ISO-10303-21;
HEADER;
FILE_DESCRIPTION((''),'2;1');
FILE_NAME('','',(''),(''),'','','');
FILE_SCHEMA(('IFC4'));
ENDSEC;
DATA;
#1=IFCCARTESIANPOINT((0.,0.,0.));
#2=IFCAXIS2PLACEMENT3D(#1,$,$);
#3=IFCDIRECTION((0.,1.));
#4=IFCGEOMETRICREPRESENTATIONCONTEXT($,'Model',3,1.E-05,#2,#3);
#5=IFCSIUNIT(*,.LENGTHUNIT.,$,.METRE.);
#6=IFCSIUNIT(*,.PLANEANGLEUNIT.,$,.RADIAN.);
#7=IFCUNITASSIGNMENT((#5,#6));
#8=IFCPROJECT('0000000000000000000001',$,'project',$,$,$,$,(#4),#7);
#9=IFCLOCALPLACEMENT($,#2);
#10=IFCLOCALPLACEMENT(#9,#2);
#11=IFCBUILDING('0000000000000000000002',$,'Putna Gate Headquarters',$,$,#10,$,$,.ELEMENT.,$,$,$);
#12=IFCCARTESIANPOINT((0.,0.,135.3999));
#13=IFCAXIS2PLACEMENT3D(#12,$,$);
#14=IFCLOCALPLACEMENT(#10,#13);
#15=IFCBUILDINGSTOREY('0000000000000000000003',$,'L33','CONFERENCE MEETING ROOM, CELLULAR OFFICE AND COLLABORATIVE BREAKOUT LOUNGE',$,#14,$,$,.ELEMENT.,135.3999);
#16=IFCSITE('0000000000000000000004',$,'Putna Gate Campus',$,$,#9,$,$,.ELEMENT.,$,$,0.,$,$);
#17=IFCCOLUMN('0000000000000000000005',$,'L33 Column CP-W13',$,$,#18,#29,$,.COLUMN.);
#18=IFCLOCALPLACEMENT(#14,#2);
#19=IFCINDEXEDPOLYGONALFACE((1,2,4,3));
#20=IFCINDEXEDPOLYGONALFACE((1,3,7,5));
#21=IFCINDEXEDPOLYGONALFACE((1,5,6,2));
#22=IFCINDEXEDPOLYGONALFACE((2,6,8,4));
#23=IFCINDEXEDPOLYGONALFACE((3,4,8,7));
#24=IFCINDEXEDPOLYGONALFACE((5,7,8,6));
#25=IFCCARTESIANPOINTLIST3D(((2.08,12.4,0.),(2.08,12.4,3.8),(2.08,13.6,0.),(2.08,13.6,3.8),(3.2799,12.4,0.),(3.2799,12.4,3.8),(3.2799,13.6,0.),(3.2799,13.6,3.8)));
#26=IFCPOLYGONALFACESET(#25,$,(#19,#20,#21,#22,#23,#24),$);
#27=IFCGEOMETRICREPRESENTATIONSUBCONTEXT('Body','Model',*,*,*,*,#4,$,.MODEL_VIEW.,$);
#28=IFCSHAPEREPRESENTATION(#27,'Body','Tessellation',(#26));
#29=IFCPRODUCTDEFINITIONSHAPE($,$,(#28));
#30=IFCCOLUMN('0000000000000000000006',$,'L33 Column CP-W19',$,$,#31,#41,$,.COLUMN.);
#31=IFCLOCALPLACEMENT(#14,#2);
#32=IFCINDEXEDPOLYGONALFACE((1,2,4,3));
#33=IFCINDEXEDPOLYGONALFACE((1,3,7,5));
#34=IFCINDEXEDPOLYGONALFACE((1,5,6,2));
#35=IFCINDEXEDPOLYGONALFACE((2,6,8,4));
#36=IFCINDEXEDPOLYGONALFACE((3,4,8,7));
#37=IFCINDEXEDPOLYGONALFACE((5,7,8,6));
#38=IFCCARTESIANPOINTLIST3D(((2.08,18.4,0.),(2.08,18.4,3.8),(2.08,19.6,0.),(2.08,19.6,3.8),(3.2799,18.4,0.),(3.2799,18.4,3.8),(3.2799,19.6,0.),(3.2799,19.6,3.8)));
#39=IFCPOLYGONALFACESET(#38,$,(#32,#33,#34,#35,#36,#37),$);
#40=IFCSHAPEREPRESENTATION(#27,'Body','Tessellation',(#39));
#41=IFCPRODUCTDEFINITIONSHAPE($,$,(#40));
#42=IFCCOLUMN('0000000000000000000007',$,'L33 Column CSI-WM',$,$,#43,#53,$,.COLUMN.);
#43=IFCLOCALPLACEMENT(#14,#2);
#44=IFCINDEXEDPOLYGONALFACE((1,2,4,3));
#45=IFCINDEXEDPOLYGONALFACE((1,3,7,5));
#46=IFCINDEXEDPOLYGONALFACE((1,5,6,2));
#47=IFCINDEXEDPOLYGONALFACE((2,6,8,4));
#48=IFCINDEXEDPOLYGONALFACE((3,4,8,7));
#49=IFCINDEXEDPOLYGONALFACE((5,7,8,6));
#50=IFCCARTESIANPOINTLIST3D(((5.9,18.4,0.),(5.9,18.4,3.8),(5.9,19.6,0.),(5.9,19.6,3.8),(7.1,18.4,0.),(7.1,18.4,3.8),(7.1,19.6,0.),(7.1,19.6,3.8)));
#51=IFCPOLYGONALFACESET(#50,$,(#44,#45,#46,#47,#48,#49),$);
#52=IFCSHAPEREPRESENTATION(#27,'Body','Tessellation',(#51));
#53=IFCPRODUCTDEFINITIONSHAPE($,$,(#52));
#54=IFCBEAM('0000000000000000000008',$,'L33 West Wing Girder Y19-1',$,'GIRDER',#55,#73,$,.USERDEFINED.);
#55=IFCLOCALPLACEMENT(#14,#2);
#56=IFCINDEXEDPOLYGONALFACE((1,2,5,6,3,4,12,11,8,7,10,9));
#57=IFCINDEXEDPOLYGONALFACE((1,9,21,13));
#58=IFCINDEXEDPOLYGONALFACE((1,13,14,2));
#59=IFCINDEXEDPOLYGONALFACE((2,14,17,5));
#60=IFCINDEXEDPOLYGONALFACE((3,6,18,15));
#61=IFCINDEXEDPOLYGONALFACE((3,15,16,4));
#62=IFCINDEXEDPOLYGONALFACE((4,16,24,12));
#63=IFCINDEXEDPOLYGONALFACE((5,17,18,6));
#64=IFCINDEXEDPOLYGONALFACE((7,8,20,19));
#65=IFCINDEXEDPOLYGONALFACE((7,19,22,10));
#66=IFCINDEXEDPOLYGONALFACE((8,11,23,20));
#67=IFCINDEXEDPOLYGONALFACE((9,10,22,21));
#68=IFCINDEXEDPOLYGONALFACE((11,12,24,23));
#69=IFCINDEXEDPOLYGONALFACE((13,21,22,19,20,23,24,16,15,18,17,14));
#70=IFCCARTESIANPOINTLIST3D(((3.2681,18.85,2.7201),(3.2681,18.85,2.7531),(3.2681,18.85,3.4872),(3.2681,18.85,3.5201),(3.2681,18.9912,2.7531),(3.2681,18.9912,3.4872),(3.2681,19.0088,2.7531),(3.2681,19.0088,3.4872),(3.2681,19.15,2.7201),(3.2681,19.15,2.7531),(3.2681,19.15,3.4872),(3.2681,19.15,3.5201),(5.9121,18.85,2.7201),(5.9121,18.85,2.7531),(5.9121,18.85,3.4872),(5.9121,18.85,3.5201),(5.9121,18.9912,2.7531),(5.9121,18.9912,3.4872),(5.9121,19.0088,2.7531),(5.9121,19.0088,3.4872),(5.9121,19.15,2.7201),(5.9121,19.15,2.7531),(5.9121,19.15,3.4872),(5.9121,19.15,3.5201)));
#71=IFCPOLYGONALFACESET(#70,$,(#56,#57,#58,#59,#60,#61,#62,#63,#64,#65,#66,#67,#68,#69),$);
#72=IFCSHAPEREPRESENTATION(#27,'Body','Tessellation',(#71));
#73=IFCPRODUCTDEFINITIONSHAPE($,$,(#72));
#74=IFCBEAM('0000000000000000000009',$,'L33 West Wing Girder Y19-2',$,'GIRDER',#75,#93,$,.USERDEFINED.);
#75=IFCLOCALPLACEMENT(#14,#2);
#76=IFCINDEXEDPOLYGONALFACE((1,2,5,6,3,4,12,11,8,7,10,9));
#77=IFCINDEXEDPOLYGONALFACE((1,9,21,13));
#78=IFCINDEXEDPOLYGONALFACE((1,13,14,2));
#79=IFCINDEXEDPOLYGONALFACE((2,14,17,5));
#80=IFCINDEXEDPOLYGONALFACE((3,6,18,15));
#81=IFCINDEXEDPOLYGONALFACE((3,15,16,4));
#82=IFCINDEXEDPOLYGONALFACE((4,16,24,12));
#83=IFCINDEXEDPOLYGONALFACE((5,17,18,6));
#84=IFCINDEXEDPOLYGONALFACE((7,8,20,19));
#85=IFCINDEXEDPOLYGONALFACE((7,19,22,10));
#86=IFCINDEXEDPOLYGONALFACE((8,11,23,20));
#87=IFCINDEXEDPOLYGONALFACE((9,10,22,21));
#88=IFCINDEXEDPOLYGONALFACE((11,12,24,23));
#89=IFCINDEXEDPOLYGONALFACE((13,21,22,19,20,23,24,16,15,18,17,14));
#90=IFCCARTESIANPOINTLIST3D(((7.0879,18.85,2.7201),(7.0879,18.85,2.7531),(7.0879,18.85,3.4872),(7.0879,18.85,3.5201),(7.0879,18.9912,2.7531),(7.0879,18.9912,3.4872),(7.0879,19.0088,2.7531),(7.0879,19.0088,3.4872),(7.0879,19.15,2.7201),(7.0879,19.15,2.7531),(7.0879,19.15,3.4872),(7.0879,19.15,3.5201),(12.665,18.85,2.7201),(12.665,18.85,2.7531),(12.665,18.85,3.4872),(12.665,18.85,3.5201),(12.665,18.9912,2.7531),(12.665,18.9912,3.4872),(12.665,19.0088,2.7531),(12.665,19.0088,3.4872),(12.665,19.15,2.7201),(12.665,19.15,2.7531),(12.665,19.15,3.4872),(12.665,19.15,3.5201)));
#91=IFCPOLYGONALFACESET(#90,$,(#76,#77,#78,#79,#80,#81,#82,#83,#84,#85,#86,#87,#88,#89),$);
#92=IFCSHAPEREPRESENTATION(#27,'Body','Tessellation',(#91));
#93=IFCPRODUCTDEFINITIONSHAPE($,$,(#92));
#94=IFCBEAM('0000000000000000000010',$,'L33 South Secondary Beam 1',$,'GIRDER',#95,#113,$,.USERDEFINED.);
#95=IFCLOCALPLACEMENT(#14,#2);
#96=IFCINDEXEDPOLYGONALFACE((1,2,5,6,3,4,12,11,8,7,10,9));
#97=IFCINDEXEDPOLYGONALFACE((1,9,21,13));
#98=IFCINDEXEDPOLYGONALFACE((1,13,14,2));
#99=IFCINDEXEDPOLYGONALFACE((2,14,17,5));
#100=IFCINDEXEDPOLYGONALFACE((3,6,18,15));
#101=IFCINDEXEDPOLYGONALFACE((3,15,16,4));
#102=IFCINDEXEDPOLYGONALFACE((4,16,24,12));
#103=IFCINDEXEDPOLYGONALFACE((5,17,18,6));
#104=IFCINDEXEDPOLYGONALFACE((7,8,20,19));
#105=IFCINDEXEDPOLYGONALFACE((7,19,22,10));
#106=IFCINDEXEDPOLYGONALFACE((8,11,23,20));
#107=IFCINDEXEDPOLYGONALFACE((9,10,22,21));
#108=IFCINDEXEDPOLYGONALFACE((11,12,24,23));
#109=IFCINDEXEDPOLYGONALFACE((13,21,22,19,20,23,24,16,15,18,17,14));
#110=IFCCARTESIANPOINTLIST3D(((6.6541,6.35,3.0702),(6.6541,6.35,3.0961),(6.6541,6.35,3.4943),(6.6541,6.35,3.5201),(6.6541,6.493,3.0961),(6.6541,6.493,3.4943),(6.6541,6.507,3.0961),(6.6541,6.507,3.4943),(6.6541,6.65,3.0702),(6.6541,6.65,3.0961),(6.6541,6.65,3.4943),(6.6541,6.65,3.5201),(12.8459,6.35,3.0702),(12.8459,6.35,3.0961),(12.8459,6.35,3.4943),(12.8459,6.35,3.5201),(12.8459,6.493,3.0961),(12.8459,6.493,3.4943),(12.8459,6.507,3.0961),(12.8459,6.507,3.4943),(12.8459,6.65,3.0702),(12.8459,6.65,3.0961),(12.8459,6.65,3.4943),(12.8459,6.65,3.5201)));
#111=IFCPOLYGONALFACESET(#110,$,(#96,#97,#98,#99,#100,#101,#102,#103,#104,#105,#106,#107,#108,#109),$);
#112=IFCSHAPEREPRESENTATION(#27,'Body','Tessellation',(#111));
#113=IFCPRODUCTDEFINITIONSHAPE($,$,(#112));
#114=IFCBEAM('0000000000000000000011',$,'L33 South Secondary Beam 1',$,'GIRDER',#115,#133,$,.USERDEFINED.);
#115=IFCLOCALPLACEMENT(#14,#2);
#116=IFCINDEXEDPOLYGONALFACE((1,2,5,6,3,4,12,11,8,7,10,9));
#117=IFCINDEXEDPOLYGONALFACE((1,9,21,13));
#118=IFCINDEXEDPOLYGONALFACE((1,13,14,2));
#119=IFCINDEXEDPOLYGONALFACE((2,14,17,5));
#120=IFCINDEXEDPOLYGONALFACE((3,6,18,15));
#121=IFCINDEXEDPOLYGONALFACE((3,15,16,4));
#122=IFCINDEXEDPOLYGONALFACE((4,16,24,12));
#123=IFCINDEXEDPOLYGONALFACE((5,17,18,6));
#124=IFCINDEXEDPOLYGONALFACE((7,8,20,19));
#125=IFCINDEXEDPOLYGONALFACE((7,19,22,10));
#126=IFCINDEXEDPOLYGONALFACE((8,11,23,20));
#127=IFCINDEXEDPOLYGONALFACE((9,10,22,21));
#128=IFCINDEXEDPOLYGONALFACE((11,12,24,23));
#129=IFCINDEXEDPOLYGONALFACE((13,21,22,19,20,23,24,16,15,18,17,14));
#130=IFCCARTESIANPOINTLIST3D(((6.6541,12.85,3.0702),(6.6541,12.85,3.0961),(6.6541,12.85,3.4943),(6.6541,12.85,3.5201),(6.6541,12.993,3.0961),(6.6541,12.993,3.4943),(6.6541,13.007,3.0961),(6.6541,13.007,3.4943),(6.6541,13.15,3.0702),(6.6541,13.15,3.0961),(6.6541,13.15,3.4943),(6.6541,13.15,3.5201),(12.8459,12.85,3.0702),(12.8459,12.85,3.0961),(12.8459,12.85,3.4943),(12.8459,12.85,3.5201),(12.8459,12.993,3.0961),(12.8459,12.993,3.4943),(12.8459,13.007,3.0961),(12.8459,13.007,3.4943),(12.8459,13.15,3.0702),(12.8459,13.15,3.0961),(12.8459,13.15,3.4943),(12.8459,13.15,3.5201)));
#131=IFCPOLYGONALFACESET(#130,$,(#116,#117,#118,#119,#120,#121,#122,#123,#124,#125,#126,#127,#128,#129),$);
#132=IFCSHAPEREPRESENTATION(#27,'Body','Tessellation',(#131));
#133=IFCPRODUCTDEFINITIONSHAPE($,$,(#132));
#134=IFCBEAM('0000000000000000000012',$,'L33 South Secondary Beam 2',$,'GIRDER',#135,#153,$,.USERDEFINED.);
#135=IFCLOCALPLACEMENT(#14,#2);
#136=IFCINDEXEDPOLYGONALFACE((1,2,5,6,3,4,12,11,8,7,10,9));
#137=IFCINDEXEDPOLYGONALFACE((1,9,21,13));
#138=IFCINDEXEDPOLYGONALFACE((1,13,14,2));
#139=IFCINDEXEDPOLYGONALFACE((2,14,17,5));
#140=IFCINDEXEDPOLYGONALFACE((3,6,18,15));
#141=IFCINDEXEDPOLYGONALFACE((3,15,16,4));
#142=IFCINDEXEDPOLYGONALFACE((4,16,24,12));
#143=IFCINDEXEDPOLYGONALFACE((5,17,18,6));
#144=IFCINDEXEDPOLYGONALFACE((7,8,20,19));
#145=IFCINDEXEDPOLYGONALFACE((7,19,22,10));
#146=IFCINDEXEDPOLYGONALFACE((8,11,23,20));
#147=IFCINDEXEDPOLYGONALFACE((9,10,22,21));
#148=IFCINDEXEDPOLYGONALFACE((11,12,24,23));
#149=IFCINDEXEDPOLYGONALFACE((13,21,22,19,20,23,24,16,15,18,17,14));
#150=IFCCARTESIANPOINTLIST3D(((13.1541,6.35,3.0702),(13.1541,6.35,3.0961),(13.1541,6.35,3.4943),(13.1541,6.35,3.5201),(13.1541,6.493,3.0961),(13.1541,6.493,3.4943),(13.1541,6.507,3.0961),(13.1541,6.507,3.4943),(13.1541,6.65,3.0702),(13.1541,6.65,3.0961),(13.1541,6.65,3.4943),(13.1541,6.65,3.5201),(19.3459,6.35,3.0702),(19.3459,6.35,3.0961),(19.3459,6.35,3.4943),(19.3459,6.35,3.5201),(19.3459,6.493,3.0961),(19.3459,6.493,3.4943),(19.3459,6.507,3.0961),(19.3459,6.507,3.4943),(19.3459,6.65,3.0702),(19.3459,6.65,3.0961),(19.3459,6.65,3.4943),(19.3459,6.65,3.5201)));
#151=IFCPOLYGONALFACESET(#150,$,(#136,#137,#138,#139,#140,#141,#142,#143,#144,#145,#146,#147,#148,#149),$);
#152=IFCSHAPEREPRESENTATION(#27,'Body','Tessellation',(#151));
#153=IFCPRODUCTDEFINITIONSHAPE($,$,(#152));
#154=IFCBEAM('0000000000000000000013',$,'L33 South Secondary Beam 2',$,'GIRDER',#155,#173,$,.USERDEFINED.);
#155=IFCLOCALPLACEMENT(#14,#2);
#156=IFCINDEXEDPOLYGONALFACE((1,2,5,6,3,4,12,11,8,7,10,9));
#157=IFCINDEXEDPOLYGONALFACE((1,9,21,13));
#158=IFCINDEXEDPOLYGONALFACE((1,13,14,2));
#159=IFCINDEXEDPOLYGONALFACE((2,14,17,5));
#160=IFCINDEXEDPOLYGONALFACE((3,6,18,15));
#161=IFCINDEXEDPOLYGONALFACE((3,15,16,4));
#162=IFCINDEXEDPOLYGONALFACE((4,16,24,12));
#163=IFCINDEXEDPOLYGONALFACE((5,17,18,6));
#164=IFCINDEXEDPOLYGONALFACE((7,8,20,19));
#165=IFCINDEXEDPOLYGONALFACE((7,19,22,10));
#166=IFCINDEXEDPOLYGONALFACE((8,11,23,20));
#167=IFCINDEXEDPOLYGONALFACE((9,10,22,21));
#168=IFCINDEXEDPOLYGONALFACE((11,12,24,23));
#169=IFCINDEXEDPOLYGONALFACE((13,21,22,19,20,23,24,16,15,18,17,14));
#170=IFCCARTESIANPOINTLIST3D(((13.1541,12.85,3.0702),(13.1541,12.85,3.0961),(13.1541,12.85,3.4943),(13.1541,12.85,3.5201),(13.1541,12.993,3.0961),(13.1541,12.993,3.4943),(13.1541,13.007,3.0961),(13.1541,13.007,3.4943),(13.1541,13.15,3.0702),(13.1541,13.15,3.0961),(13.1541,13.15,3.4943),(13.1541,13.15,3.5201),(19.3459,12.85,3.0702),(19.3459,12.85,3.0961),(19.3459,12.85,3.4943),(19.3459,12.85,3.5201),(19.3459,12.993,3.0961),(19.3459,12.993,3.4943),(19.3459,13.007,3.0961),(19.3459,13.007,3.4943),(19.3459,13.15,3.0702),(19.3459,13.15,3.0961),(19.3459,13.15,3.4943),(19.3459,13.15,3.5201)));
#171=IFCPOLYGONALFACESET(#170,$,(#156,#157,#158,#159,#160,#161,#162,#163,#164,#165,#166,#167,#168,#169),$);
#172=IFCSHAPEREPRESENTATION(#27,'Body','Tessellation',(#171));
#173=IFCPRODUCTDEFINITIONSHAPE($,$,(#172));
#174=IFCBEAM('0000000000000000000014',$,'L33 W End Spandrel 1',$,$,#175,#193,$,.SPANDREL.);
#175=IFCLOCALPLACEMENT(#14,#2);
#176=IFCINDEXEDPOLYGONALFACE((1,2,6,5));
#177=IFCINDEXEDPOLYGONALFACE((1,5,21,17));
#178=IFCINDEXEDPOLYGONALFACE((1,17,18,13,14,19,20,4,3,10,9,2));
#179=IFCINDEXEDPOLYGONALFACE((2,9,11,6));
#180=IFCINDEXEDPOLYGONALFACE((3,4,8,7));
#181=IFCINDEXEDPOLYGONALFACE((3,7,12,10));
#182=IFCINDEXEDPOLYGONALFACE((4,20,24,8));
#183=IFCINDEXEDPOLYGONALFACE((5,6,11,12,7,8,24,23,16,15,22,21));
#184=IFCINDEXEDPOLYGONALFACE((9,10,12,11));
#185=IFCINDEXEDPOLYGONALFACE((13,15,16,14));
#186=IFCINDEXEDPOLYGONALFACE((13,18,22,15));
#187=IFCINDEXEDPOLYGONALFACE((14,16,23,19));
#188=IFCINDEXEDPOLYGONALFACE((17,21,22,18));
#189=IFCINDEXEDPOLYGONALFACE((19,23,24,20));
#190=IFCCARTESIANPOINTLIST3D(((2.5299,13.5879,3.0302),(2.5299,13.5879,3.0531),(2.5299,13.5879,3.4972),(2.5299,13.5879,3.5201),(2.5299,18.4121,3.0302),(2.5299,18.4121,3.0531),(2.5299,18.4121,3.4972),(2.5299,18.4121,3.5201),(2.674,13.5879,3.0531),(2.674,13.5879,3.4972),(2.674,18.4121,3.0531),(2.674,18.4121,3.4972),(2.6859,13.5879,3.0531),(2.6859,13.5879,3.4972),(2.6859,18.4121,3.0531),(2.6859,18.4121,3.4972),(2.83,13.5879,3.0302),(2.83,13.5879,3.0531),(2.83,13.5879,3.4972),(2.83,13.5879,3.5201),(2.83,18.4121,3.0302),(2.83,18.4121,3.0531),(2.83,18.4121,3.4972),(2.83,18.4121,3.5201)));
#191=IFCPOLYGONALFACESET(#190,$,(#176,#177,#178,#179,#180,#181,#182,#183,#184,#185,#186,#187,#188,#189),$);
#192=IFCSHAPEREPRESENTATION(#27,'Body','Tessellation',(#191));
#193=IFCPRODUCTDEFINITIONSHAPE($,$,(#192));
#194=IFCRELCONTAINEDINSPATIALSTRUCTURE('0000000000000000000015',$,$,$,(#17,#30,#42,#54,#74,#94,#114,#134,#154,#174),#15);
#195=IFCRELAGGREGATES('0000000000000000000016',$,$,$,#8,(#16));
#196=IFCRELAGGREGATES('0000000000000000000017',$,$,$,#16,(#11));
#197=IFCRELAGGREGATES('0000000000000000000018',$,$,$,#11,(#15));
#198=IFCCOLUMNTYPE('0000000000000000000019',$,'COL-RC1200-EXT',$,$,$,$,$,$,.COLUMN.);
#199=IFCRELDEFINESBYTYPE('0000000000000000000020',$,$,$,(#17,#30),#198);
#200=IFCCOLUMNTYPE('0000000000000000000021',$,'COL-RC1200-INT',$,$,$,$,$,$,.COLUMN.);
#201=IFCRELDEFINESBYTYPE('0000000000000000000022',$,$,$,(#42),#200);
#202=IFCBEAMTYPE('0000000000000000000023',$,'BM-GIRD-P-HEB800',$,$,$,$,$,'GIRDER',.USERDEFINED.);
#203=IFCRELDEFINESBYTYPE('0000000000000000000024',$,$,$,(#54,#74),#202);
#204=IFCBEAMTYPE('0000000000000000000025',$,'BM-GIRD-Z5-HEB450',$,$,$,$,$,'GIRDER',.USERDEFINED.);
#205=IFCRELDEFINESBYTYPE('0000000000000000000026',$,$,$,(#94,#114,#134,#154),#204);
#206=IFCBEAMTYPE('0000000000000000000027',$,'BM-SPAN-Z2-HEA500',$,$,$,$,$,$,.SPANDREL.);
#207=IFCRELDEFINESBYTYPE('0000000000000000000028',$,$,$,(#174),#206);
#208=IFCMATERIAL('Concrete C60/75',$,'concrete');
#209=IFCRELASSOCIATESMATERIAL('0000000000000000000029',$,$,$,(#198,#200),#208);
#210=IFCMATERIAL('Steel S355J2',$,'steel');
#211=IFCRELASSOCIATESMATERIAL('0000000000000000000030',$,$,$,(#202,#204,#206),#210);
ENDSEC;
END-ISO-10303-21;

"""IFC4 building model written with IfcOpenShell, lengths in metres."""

from ifc_helpers import new_model, si_unit, direction, frame, origin, origin_2d, place, context, subcontext, project, spatial, rectangle, i_section, extrude, material, material_profile, profile_set, type_object, element, save


model = new_model("IFC4")

# Units and contexts
model_context = context("Model", 3, precision=1e-05, world=origin(), true_north=direction((0.0, 1.0)))
body_context = subcontext(model_context, "Body", "Model", "MODEL_VIEW")
ifc_project = project(units=[si_unit("LENGTHUNIT", "METRE"), si_unit("PLANEANGLEUNIT", "RADIAN")], contexts=[model_context])

# Site, building, storey
site_placement = place(None, origin())
site = spatial("IfcSite", under=ifc_project, at=site_placement, Name="Putna Gate Campus", CompositionType="ELEMENT", RefElevation=0.0)
building_placement = place(site_placement, origin())
building = spatial("IfcBuilding", under=site, at=building_placement, Name="Putna Gate Headquarters", CompositionType="ELEMENT")
storey_placement = place(building_placement, frame((0.0, 0.0, 135.3999)))
storey = spatial("IfcBuildingStorey", under=building, at=storey_placement, Name="L33", Description="CONFERENCE MEETING ROOM, CELLULAR OFFICE AND COLLABORATIVE BREAKOUT LOUNGE", CompositionType="ELEMENT", Elevation=135.3999)

# Columns
ifc_material_1 = material(Name="Concrete C60/75", Category="concrete")
ifc_material_profile_1 = material_profile(ifc_material_1, rectangle(XDim=1.2, YDim=1.2, at=origin_2d()), Name="Concrete C60/75")
ifc_profile_set_1 = profile_set([ifc_material_profile_1], Name="Concrete C60/75")
column_type_1 = type_object("IfcColumnType", Name="COL-RC1200-EXT", PredefinedType="COLUMN", material=ifc_profile_set_1)
for number, where, z_axis, x_axis, name in (
    (1, (2.6799, 13.0, 0.0), (0.0, 0.0, 1.0), (1.0, 0.0, 0.0), "L33 Column CP-W13"),
    (2, (2.6799, 19.0, 0.0), (0.0, 0.0, 1.0), (1.0, 0.0, 0.0), "L33 Column CP-W19"),
):
    element("IfcColumn", number, at=place(storey_placement, frame(where, z_axis=z_axis, x_axis=x_axis)), inside=storey, type_object=column_type_1, Name=name, PredefinedType="COLUMN", context=body_context, shape_type="SweptSolid", body=[
        extrude(rectangle(XDim=1.2, YDim=1.2, at=origin_2d()), origin(), (0.0, 0.0, 1.0), 3.8),
    ])
ifc_material_profile_2 = material_profile(ifc_material_1, rectangle(XDim=1.2, YDim=1.2, at=origin_2d()), Name="Concrete C60/75")
ifc_profile_set_2 = profile_set([ifc_material_profile_2], Name="Concrete C60/75")
column_type_2 = type_object("IfcColumnType", Name="COL-RC1200-INT", PredefinedType="COLUMN", material=ifc_profile_set_2)
column_placement = place(storey_placement, frame((6.5, 19.0, 0.0), z_axis=(0.0, 0.0, 1.0), x_axis=(1.0, 0.0, 0.0)))
element("IfcColumn", 3, at=column_placement, inside=storey, type_object=column_type_2, Name="L33 Column CSI-WM", PredefinedType="COLUMN", context=body_context, shape_type="SweptSolid", body=[
    extrude(rectangle(XDim=1.2, YDim=1.2, at=origin_2d()), origin(), (0.0, 0.0, 1.0), 3.8),
])

# Beams
ifc_material_2 = material(Name="Steel S355J2", Category="steel")
ifc_material_profile_3 = material_profile(ifc_material_2, i_section(OverallWidth=0.3, OverallDepth=0.8, WebThickness=0.0176, FlangeThickness=0.033, at=origin_2d()), Name="Steel S355J2")
ifc_profile_set_3 = profile_set([ifc_material_profile_3], Name="Steel S355J2")
beam_type_1 = type_object("IfcBeamType", Name="BM-GIRD-P-HEB800", ElementType="GIRDER", PredefinedType="USERDEFINED", material=ifc_profile_set_3)
beam_1_placement = place(storey_placement, frame((3.2681, 19.0, 3.1201), z_axis=(1.0, 0.0, 0.0), x_axis=(0.0, 1.0, 0.0)))
element("IfcBeam", 4, at=beam_1_placement, inside=storey, type_object=beam_type_1, Name="L33 West Wing Girder Y19-1", ObjectType="GIRDER", PredefinedType="USERDEFINED", context=body_context, shape_type="SweptSolid", body=[
    extrude(i_section(OverallWidth=0.3, OverallDepth=0.8, WebThickness=0.0176, FlangeThickness=0.033, at=origin_2d()), origin(), (0.0, 0.0, 1.0), 2.644),
])
beam_2_placement = place(storey_placement, frame((7.0879, 19.0, 3.1201), z_axis=(1.0, 0.0, 0.0), x_axis=(0.0, 1.0, 0.0)))
element("IfcBeam", 5, at=beam_2_placement, inside=storey, type_object=beam_type_1, Name="L33 West Wing Girder Y19-2", ObjectType="GIRDER", PredefinedType="USERDEFINED", context=body_context, shape_type="SweptSolid", body=[
    extrude(i_section(OverallWidth=0.3, OverallDepth=0.8, WebThickness=0.0176, FlangeThickness=0.033, at=origin_2d()), origin(), (0.0, 0.0, 1.0), 5.5771),
])
ifc_material_profile_4 = material_profile(ifc_material_2, i_section(OverallWidth=0.3, OverallDepth=0.45, WebThickness=0.0139, FlangeThickness=0.0259, at=origin_2d()), Name="Steel S355J2")
ifc_profile_set_4 = profile_set([ifc_material_profile_4], Name="Steel S355J2")
beam_type_2 = type_object("IfcBeamType", Name="BM-GIRD-Z5-HEB450", ElementType="GIRDER", PredefinedType="USERDEFINED", material=ifc_profile_set_4)
for number, where, z_axis, x_axis, name in (
    (6, (6.6541, 6.5, 3.2952), (1.0, 0.0, 0.0), (0.0, 1.0, 0.0), "L33 South Secondary Beam 1"),
    (7, (6.6541, 13.0, 3.2952), (1.0, 0.0, 0.0), (0.0, 1.0, 0.0), "L33 South Secondary Beam 1"),
    (8, (13.1541, 6.5, 3.2952), (1.0, 0.0, 0.0), (0.0, 1.0, 0.0), "L33 South Secondary Beam 2"),
    (9, (13.1541, 13.0, 3.2952), (1.0, 0.0, 0.0), (0.0, 1.0, 0.0), "L33 South Secondary Beam 2"),
):
    element("IfcBeam", number, at=place(storey_placement, frame(where, z_axis=z_axis, x_axis=x_axis)), inside=storey, type_object=beam_type_2, Name=name, ObjectType="GIRDER", PredefinedType="USERDEFINED", context=body_context, shape_type="SweptSolid", body=[
        extrude(i_section(OverallWidth=0.3, OverallDepth=0.45, WebThickness=0.0139, FlangeThickness=0.0259, at=origin_2d()), origin(), (0.0, 0.0, 1.0), 6.1919),
    ])
ifc_material_profile_5 = material_profile(ifc_material_2, i_section(OverallWidth=0.3, OverallDepth=0.49, WebThickness=0.012, FlangeThickness=0.0229, at=origin_2d()), Name="Steel S355J2")
ifc_profile_set_5 = profile_set([ifc_material_profile_5], Name="Steel S355J2")
beam_type_3 = type_object("IfcBeamType", Name="BM-SPAN-Z2-HEA500", PredefinedType="SPANDREL", material=ifc_profile_set_5)
beam_3_placement = place(storey_placement, frame((2.6799, 13.5879, 3.2751), z_axis=(0.0, 1.0, 0.0), x_axis=(-1.0, 0.0, 0.0)))
element("IfcBeam", 10, at=beam_3_placement, inside=storey, type_object=beam_type_3, Name="L33 W End Spandrel 1", PredefinedType="SPANDREL", context=body_context, shape_type="SweptSolid", body=[
    extrude(i_section(OverallWidth=0.3, OverallDepth=0.49, WebThickness=0.012, FlangeThickness=0.0229, at=origin_2d()), origin(), (0.0, 0.0, 1.0), 4.8242),
])

save(model, "model.ifc")
